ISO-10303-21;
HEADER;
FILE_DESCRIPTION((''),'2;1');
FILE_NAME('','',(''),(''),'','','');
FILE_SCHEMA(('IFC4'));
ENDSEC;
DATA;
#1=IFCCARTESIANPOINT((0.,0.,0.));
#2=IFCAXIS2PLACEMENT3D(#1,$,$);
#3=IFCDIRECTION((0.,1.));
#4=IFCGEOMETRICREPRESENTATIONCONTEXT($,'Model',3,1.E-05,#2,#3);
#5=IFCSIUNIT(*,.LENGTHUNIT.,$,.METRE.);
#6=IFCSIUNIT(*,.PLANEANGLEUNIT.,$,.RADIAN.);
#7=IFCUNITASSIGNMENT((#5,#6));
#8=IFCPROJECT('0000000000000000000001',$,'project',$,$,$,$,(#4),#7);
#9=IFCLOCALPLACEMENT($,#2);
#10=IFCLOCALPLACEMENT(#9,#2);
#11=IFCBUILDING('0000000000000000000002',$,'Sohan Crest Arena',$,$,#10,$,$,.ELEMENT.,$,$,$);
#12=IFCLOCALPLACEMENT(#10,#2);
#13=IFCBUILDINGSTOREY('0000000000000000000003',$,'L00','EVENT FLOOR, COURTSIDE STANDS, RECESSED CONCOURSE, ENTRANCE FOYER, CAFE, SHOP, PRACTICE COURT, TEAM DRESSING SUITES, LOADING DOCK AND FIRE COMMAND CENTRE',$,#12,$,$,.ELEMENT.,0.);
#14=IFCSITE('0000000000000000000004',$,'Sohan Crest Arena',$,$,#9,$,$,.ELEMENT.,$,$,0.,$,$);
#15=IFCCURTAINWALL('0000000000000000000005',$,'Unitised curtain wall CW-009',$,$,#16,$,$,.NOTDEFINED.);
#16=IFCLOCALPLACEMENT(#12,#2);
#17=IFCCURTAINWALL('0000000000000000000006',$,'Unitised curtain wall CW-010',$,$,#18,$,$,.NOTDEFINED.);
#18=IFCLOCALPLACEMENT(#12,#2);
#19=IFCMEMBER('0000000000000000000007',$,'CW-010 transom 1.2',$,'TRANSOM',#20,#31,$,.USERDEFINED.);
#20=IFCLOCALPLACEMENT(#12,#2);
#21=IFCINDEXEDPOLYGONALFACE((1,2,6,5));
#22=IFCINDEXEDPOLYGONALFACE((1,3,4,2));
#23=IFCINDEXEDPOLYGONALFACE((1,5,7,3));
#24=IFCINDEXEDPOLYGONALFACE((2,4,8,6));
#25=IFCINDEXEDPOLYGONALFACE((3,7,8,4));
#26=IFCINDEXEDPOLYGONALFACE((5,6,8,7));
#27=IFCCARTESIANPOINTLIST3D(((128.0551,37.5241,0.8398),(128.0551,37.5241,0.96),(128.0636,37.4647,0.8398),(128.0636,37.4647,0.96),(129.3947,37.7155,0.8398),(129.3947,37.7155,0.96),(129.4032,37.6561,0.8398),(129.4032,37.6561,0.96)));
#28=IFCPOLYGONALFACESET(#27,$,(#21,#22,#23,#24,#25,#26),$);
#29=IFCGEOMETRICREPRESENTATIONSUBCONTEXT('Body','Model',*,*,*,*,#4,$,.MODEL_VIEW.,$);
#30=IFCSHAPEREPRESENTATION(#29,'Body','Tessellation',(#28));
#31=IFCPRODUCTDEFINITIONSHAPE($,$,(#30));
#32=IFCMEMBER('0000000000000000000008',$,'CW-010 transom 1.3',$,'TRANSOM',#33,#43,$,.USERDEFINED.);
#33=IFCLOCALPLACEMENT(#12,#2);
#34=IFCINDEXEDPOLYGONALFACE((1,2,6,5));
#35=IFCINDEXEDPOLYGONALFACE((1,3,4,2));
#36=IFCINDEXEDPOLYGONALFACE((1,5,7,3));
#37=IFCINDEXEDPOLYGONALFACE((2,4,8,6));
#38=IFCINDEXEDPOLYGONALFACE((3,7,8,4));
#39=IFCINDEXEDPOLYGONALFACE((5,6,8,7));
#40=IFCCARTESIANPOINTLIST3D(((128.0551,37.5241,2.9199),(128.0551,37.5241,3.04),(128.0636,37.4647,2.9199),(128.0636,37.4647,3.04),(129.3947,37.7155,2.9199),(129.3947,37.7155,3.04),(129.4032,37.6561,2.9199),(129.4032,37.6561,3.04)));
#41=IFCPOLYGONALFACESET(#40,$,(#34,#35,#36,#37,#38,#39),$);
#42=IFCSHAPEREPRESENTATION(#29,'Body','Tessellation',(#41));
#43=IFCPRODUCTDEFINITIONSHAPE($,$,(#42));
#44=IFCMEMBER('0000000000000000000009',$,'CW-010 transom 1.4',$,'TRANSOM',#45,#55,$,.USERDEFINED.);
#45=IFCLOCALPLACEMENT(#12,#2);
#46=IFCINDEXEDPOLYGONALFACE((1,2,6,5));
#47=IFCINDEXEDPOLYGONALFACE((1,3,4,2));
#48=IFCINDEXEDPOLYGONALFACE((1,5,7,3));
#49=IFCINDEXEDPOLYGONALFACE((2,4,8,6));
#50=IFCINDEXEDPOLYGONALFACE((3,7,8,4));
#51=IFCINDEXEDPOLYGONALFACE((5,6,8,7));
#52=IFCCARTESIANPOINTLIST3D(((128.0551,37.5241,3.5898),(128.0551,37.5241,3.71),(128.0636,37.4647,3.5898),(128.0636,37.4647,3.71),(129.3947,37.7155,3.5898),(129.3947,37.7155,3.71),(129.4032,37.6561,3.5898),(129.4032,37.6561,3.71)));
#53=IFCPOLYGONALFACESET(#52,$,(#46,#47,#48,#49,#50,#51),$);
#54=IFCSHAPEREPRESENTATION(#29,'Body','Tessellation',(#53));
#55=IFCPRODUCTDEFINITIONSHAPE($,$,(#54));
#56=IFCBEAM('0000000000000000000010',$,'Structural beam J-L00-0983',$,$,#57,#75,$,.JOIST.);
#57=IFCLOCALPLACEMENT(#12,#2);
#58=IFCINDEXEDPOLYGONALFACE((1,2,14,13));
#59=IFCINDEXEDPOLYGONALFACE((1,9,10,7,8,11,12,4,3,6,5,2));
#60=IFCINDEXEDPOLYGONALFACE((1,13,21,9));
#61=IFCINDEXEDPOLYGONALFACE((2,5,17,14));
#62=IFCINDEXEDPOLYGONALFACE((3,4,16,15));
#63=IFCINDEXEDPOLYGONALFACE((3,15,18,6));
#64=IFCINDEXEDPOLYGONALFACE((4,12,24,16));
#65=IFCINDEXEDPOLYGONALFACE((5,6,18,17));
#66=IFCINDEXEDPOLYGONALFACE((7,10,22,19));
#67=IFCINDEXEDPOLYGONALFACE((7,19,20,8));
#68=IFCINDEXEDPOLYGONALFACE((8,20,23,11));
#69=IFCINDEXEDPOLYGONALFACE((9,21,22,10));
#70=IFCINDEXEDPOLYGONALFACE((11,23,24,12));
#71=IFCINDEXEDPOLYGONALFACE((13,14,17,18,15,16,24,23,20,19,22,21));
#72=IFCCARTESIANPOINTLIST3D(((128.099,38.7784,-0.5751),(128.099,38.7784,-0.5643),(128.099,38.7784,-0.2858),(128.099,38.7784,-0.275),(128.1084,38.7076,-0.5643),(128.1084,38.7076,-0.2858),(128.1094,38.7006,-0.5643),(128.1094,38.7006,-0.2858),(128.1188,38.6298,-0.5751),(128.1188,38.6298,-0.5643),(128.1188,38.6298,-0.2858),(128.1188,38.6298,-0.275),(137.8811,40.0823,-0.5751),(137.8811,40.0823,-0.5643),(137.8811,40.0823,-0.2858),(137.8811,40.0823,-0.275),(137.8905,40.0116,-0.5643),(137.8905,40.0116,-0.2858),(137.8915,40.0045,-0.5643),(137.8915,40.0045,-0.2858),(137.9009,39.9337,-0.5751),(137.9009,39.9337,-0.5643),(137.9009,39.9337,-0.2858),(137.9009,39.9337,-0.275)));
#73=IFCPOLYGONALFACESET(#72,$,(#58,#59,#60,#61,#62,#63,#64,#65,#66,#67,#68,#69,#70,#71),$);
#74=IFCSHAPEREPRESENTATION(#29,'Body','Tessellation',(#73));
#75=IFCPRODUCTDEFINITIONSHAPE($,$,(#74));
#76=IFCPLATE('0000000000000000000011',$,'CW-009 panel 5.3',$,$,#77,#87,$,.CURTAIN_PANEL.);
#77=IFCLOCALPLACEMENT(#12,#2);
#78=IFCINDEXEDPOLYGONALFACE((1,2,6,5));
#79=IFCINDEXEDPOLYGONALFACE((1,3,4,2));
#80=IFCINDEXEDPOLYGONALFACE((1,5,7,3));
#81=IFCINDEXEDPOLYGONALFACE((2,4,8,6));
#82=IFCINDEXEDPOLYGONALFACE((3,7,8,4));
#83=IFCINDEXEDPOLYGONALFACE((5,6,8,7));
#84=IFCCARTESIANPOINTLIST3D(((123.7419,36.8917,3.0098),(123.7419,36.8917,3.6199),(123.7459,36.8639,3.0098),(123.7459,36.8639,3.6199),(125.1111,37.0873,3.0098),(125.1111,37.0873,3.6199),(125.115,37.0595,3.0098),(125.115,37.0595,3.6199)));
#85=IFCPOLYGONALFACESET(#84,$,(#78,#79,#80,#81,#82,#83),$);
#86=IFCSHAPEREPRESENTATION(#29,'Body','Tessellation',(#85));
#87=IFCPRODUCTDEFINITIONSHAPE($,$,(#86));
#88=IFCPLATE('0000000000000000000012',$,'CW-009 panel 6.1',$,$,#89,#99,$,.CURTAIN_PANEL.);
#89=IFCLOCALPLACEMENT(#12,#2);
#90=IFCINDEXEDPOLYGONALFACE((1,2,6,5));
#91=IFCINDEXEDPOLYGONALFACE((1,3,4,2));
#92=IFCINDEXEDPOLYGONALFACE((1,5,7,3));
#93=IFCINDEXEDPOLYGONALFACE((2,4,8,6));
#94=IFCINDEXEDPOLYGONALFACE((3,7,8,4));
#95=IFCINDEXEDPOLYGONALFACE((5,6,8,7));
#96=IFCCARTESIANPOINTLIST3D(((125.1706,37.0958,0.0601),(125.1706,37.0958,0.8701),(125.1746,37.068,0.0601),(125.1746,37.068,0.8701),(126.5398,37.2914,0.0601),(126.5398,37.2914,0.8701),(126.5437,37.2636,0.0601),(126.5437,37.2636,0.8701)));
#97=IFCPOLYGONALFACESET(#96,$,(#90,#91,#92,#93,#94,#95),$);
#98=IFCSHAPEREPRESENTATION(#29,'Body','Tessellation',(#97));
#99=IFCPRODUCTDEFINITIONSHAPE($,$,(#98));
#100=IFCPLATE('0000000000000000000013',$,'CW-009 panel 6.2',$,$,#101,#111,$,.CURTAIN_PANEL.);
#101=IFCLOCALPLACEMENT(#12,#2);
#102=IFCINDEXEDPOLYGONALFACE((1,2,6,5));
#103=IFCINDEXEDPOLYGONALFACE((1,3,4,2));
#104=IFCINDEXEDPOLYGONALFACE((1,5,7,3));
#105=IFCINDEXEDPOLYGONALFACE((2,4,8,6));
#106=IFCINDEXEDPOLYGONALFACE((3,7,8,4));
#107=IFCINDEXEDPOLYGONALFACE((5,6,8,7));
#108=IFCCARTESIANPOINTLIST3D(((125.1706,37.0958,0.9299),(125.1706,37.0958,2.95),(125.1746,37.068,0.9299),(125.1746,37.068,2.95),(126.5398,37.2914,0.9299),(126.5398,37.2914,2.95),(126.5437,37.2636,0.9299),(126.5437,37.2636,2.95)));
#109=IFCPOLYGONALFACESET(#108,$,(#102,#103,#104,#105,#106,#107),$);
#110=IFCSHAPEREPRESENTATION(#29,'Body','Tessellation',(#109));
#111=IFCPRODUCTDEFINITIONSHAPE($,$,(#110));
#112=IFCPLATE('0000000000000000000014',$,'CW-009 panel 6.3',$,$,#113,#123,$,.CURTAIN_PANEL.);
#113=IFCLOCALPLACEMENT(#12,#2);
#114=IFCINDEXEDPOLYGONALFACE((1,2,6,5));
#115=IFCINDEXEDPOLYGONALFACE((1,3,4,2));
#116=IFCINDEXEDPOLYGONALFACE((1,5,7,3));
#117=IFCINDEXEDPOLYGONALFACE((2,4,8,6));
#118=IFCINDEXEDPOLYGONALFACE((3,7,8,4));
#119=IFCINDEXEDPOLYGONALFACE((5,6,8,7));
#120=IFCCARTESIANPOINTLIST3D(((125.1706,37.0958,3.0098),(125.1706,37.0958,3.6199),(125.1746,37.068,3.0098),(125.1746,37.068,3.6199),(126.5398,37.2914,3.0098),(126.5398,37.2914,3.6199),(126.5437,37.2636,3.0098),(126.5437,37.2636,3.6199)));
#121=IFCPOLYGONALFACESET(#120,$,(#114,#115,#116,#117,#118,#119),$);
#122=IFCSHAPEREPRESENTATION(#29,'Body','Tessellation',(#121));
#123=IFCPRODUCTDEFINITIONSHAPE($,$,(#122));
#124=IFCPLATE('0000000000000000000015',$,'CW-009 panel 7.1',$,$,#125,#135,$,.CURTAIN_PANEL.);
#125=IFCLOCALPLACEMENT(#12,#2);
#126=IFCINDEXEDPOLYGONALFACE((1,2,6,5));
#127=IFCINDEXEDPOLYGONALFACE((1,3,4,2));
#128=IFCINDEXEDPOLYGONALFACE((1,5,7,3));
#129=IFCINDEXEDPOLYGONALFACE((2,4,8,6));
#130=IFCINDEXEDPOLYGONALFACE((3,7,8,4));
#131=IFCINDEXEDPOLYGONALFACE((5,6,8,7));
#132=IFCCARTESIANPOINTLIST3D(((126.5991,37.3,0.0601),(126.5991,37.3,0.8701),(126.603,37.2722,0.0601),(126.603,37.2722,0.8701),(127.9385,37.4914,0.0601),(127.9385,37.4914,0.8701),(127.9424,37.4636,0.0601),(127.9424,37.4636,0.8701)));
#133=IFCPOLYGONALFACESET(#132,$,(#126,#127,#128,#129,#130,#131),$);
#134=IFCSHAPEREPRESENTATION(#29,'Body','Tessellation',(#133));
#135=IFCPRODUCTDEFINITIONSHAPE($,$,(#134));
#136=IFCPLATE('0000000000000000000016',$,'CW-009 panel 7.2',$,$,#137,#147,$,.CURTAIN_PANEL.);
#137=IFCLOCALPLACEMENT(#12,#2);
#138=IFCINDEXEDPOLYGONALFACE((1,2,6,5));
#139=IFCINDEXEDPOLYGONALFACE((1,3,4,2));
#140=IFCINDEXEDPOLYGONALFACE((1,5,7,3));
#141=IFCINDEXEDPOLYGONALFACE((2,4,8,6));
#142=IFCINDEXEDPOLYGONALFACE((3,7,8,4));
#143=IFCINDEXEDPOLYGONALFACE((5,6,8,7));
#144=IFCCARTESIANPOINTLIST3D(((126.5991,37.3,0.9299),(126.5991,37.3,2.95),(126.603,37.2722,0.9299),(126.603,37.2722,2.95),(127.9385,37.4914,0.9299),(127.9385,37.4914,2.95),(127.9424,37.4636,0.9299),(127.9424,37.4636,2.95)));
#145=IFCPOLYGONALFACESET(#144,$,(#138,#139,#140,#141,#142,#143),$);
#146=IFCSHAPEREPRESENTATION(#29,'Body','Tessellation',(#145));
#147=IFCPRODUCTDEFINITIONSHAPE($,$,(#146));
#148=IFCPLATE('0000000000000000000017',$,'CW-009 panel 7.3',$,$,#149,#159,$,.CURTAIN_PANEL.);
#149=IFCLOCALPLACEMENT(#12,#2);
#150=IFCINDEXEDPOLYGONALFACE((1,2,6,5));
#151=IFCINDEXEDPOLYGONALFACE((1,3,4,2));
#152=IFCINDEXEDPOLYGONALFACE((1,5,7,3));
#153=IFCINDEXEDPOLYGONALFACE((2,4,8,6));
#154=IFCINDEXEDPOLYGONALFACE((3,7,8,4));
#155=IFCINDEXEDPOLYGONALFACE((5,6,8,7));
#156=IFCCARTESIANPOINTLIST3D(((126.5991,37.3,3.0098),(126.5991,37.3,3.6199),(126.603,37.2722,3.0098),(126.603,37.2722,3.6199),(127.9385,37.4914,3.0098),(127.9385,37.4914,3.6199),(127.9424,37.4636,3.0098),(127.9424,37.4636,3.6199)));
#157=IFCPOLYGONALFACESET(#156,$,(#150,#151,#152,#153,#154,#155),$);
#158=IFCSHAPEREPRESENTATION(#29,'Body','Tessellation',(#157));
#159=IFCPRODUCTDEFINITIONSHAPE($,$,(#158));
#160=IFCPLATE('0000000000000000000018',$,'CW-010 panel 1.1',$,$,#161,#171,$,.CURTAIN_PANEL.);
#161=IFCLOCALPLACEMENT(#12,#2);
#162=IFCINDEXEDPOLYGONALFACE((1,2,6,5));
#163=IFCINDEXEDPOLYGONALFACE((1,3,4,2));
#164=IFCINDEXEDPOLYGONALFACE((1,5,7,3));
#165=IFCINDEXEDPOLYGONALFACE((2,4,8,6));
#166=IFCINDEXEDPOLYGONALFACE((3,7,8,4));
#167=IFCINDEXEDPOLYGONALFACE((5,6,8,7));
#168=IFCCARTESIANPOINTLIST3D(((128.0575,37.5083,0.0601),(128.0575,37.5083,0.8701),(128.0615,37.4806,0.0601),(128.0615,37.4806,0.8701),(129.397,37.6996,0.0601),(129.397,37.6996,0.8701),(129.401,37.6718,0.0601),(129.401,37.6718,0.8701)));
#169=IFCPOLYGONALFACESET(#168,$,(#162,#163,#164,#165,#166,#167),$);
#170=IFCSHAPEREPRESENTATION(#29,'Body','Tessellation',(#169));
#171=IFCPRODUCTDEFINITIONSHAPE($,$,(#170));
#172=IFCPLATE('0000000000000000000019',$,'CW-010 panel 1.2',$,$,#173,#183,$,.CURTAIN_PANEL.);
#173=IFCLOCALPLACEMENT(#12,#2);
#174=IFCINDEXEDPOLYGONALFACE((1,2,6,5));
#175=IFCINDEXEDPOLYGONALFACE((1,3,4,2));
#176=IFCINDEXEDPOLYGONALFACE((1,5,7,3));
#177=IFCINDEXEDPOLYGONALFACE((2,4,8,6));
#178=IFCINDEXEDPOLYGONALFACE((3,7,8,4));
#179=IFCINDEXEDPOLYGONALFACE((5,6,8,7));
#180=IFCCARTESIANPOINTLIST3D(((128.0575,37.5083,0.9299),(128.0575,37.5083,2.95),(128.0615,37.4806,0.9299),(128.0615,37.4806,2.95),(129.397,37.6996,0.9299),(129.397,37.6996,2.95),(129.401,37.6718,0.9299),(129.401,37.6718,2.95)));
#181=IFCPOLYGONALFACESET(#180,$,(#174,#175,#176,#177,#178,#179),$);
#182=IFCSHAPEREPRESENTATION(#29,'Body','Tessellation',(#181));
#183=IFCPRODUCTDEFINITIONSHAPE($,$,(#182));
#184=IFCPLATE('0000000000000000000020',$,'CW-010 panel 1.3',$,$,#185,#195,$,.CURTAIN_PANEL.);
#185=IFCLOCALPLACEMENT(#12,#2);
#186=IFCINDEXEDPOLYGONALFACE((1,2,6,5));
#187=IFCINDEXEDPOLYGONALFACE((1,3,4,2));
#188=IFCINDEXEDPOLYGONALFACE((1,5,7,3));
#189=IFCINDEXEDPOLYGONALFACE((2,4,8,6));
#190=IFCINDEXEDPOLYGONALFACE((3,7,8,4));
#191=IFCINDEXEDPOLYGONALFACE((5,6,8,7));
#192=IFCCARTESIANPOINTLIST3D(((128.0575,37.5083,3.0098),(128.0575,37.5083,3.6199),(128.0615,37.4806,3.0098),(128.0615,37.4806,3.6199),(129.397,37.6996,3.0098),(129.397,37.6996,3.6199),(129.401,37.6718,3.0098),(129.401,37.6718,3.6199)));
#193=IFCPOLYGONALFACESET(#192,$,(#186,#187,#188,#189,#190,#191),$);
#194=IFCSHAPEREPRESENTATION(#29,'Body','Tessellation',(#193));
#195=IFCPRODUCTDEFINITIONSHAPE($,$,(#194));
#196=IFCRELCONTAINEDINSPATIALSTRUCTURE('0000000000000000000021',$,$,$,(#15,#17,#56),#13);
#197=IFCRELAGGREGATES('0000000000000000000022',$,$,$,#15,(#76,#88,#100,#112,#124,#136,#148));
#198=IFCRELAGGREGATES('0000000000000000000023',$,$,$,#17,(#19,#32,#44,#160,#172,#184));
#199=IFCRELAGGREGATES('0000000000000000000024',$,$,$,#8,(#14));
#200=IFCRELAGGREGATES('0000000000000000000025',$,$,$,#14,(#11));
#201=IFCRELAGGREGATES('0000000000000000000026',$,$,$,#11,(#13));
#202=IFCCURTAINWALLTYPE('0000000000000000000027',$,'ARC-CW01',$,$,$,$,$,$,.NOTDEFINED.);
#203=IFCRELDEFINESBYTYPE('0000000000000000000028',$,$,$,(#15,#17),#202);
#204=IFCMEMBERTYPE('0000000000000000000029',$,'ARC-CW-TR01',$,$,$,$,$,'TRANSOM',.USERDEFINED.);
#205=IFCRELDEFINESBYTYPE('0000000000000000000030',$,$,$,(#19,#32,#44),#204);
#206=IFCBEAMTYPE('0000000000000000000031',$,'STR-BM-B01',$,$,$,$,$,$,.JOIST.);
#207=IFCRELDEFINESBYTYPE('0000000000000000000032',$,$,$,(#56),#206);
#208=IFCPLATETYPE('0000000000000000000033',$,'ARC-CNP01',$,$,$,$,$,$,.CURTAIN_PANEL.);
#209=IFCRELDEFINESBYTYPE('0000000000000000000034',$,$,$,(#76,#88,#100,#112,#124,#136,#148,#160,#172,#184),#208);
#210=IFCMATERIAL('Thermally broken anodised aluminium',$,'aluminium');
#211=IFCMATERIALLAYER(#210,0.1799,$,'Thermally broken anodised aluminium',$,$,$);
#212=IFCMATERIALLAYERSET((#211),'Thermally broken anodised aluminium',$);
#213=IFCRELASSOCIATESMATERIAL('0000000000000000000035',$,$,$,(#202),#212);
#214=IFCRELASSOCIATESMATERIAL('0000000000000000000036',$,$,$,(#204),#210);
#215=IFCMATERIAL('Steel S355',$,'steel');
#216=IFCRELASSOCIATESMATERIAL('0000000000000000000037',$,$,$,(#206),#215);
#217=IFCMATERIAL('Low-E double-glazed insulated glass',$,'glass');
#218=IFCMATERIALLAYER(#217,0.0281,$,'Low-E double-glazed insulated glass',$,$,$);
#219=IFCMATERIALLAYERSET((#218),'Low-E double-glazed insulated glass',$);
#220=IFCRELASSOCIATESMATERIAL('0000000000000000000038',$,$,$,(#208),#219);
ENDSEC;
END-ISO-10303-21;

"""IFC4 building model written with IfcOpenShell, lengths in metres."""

from ifc_helpers import new_model, si_unit, direction, frame, origin, origin_2d, place, context, subcontext, project, spatial, rectangle, i_section, extrude, material, layer, layer_set, material_profile, profile_set, type_object, element, aggregate, save


model = new_model("IFC4")

# Units and contexts
model_context = context("Model", 3, precision=1e-05, world=origin(), true_north=direction((0.0, 1.0)))
body_context = subcontext(model_context, "Body", "Model", "MODEL_VIEW")
ifc_project = project(units=[si_unit("LENGTHUNIT", "METRE"), si_unit("PLANEANGLEUNIT", "RADIAN")], contexts=[model_context])

# Site, building, storey
site_placement = place(None, origin())
site = spatial("IfcSite", under=ifc_project, at=site_placement, Name="Sohan Crest Arena", CompositionType="ELEMENT", RefElevation=0.0)
building_placement = place(site_placement, origin())
building = spatial("IfcBuilding", under=site, at=building_placement, Name="Sohan Crest Arena", CompositionType="ELEMENT")
storey_placement = place(building_placement, origin())
storey = spatial("IfcBuildingStorey", under=building, at=storey_placement, Name="L00", Description="EVENT FLOOR, COURTSIDE STANDS, RECESSED CONCOURSE, ENTRANCE FOYER, CAFE, SHOP, PRACTICE COURT, TEAM DRESSING SUITES, LOADING DOCK AND FIRE COMMAND CENTRE", CompositionType="ELEMENT", Elevation=0.0)

# Curtain walls
ifc_material_1 = material(Name="Thermally broken anodised aluminium", Category="aluminium")
ifc_layer_1 = layer(ifc_material_1, 0.1799, Name="Thermally broken anodised aluminium")
ifc_layer_set_1 = layer_set([ifc_layer_1], Name="Thermally broken anodised aluminium")
curtain_wall_type = type_object("IfcCurtainWallType", Name="ARC-CW01", PredefinedType="NOTDEFINED", material=ifc_layer_set_1)
curtain_wall_1_placement = place(storey_placement, origin())
curtain_wall_1 = element("IfcCurtainWall", 1, at=curtain_wall_1_placement, inside=storey, type_object=curtain_wall_type, Name="Unitised curtain wall CW-009", PredefinedType="NOTDEFINED")
curtain_wall_2_placement = place(storey_placement, origin())
curtain_wall_2 = element("IfcCurtainWall", 2, at=curtain_wall_2_placement, inside=storey, type_object=curtain_wall_type, Name="Unitised curtain wall CW-010", PredefinedType="NOTDEFINED")

# Members
ifc_material_profile_1 = material_profile(ifc_material_1, rectangle(XDim=0.0601, YDim=0.1201, at=origin_2d()), Name="ALU-TRAN 60x120")
ifc_profile_set_1 = profile_set([ifc_material_profile_1], Name="Thermally broken anodised aluminium")
member_type_1 = type_object("IfcMemberType", Name="ARC-CW-TR01", ElementType="TRANSOM", PredefinedType="USERDEFINED", material=ifc_profile_set_1)
member_1_placement = place(storey_placement, frame((128.0593, 37.4944, 0.8999), z_axis=(0.989946, 0.141447, 0.0), x_axis=(-0.141447, 0.989946, 0.0)))
member_1 = element("IfcMember", 3, at=member_1_placement, type_object=member_type_1, Name="CW-010 transom 1.2", ObjectType="TRANSOM", PredefinedType="USERDEFINED", context=body_context, shape_type="SweptSolid", body=[
    extrude(rectangle(XDim=0.0601, YDim=0.1201, at=origin_2d()), origin(), (0.0, 0.0, 1.0), 1.3533),
])
member_2_placement = place(storey_placement, frame((128.0593, 37.4944, 2.98), z_axis=(0.989946, 0.141447, 0.0), x_axis=(-0.141447, 0.989946, 0.0)))
member_2 = element("IfcMember", 4, at=member_2_placement, type_object=member_type_1, Name="CW-010 transom 1.3", ObjectType="TRANSOM", PredefinedType="USERDEFINED", context=body_context, shape_type="SweptSolid", body=[
    extrude(rectangle(XDim=0.0601, YDim=0.1201, at=origin_2d()), origin(), (0.0, 0.0, 1.0), 1.3533),
])
member_3_placement = place(storey_placement, frame((128.0593, 37.4944, 3.6499), z_axis=(0.989946, 0.141447, 0.0), x_axis=(-0.141447, 0.989946, 0.0)))
member_3 = element("IfcMember", 5, at=member_3_placement, type_object=member_type_1, Name="CW-010 transom 1.4", ObjectType="TRANSOM", PredefinedType="USERDEFINED", context=body_context, shape_type="SweptSolid", body=[
    extrude(rectangle(XDim=0.0601, YDim=0.1201, at=origin_2d()), origin(), (0.0, 0.0, 1.0), 1.3533),
])

# Beam
ifc_material_2 = material(Name="Steel S355", Category="steel")
ifc_material_profile_2 = material_profile(ifc_material_2, i_section(OverallWidth=0.1499, OverallDepth=0.3, WebThickness=0.0071, FlangeThickness=0.0107, at=origin_2d()), Name="IPE 300")
ifc_profile_set_2 = profile_set([ifc_material_profile_2], Name="Steel S355")
beam_type = type_object("IfcBeamType", Name="STR-BM-B01", PredefinedType="JOIST", material=ifc_profile_set_2)
beam_placement = place(storey_placement, frame((128.1089, 38.7041, -0.425), z_axis=(0.991232, 0.13213, 0.0), x_axis=(-0.13213, 0.991232, 0.0)))
element("IfcBeam", 6, at=beam_placement, inside=storey, type_object=beam_type, Name="Structural beam J-L00-0983", PredefinedType="JOIST", context=body_context, shape_type="SweptSolid", body=[
    extrude(i_section(OverallWidth=0.1499, OverallDepth=0.3, WebThickness=0.0071, FlangeThickness=0.0107, at=origin_2d()), origin(), (0.0, 0.0, 1.0), 9.8687),
])

# Plates
ifc_material_3 = material(Name="Low-E double-glazed insulated glass", Category="glass")
ifc_layer_2 = layer(ifc_material_3, 0.0281, Name="Low-E double-glazed insulated glass")
ifc_layer_set_2 = layer_set([ifc_layer_2], Name="Low-E double-glazed insulated glass")
plate_type = type_object("IfcPlateType", Name="ARC-CNP01", PredefinedType="CURTAIN_PANEL", material=ifc_layer_set_2)
plate_1_placement = place(storey_placement, frame((124.4285, 36.9756, 3.0098), z_axis=(0.0, 0.0, 1.0), x_axis=(0.989944, 0.141463, 0.0)))
plate_1 = element("IfcPlate", 7, at=plate_1_placement, type_object=plate_type, Name="CW-009 panel 5.3", PredefinedType="CURTAIN_PANEL", context=body_context, shape_type="SweptSolid", body=[
    extrude(rectangle(XDim=1.3831, YDim=0.0281, at=origin_2d()), origin(), (0.0, 0.0, 1.0), 0.6101),
])
plate_2_placement = place(storey_placement, frame((125.8572, 37.1797, 0.0601), z_axis=(0.0, 0.0, 1.0), x_axis=(0.989944, 0.141463, 0.0)))
plate_2 = element("IfcPlate", 8, at=plate_2_placement, type_object=plate_type, Name="CW-009 panel 6.1", PredefinedType="CURTAIN_PANEL", context=body_context, shape_type="SweptSolid", body=[
    extrude(rectangle(XDim=1.3831, YDim=0.0281, at=origin_2d()), origin(), (0.0, 0.0, 1.0), 0.8101),
])
plate_3_placement = place(storey_placement, frame((125.8572, 37.1797, 0.9299), z_axis=(0.0, 0.0, 1.0), x_axis=(0.989944, 0.141463, 0.0)))
plate_3 = element("IfcPlate", 9, at=plate_3_placement, type_object=plate_type, Name="CW-009 panel 6.2", PredefinedType="CURTAIN_PANEL", context=body_context, shape_type="SweptSolid", body=[
    extrude(rectangle(XDim=1.3831, YDim=0.0281, at=origin_2d()), origin(), (0.0, 0.0, 1.0), 2.02),
])
plate_4_placement = place(storey_placement, frame((125.8572, 37.1797, 3.0098), z_axis=(0.0, 0.0, 1.0), x_axis=(0.989944, 0.141463, 0.0)))
plate_4 = element("IfcPlate", 10, at=plate_4_placement, type_object=plate_type, Name="CW-009 panel 6.3", PredefinedType="CURTAIN_PANEL", context=body_context, shape_type="SweptSolid", body=[
    extrude(rectangle(XDim=1.3831, YDim=0.0281, at=origin_2d()), origin(), (0.0, 0.0, 1.0), 0.6101),
])
plate_5_placement = place(storey_placement, frame((127.2708, 37.3818, 0.0601), z_axis=(0.0, 0.0, 1.0), x_axis=(0.989944, 0.141463, 0.0)))
plate_5 = element("IfcPlate", 11, at=plate_5_placement, type_object=plate_type, Name="CW-009 panel 7.1", PredefinedType="CURTAIN_PANEL", context=body_context, shape_type="SweptSolid", body=[
    extrude(rectangle(XDim=1.353, YDim=0.0281, at=origin_2d()), origin(), (0.0, 0.0, 1.0), 0.8101),
])
plate_6_placement = place(storey_placement, frame((127.2708, 37.3818, 0.9299), z_axis=(0.0, 0.0, 1.0), x_axis=(0.989944, 0.141463, 0.0)))
plate_6 = element("IfcPlate", 12, at=plate_6_placement, type_object=plate_type, Name="CW-009 panel 7.2", PredefinedType="CURTAIN_PANEL", context=body_context, shape_type="SweptSolid", body=[
    extrude(rectangle(XDim=1.353, YDim=0.0281, at=origin_2d()), origin(), (0.0, 0.0, 1.0), 2.02),
])
plate_7_placement = place(storey_placement, frame((127.2708, 37.3818, 3.0098), z_axis=(0.0, 0.0, 1.0), x_axis=(0.989944, 0.141463, 0.0)))
plate_7 = element("IfcPlate", 13, at=plate_7_placement, type_object=plate_type, Name="CW-009 panel 7.3", PredefinedType="CURTAIN_PANEL", context=body_context, shape_type="SweptSolid", body=[
    extrude(rectangle(XDim=1.353, YDim=0.0281, at=origin_2d()), origin(), (0.0, 0.0, 1.0), 0.6101),
])
aggregate(curtain_wall_1, [plate_1, plate_2, plate_3, plate_4, plate_5, plate_6, plate_7])
plate_8_placement = place(storey_placement, frame((128.7292, 37.5901, 0.0601), z_axis=(0.0, 0.0, 1.0), x_axis=(0.989957, 0.141366, 0.0)))
plate_8 = element("IfcPlate", 14, at=plate_8_placement, type_object=plate_type, Name="CW-010 panel 1.1", PredefinedType="CURTAIN_PANEL", context=body_context, shape_type="SweptSolid", body=[
    extrude(rectangle(XDim=1.353, YDim=0.0281, at=origin_2d()), origin(), (0.0, 0.0, 1.0), 0.8101),
])
plate_9_placement = place(storey_placement, frame((128.7292, 37.5901, 0.9299), z_axis=(0.0, 0.0, 1.0), x_axis=(0.989957, 0.141366, 0.0)))
plate_9 = element("IfcPlate", 15, at=plate_9_placement, type_object=plate_type, Name="CW-010 panel 1.2", PredefinedType="CURTAIN_PANEL", context=body_context, shape_type="SweptSolid", body=[
    extrude(rectangle(XDim=1.353, YDim=0.0281, at=origin_2d()), origin(), (0.0, 0.0, 1.0), 2.02),
])
plate_10_placement = place(storey_placement, frame((128.7292, 37.5901, 3.0098), z_axis=(0.0, 0.0, 1.0), x_axis=(0.989957, 0.141366, 0.0)))
plate_10 = element("IfcPlate", 16, at=plate_10_placement, type_object=plate_type, Name="CW-010 panel 1.3", PredefinedType="CURTAIN_PANEL", context=body_context, shape_type="SweptSolid", body=[
    extrude(rectangle(XDim=1.353, YDim=0.0281, at=origin_2d()), origin(), (0.0, 0.0, 1.0), 0.6101),
])
aggregate(curtain_wall_2, [member_1, member_2, member_3, plate_8, plate_9, plate_10])

save(model, "model.ifc")
